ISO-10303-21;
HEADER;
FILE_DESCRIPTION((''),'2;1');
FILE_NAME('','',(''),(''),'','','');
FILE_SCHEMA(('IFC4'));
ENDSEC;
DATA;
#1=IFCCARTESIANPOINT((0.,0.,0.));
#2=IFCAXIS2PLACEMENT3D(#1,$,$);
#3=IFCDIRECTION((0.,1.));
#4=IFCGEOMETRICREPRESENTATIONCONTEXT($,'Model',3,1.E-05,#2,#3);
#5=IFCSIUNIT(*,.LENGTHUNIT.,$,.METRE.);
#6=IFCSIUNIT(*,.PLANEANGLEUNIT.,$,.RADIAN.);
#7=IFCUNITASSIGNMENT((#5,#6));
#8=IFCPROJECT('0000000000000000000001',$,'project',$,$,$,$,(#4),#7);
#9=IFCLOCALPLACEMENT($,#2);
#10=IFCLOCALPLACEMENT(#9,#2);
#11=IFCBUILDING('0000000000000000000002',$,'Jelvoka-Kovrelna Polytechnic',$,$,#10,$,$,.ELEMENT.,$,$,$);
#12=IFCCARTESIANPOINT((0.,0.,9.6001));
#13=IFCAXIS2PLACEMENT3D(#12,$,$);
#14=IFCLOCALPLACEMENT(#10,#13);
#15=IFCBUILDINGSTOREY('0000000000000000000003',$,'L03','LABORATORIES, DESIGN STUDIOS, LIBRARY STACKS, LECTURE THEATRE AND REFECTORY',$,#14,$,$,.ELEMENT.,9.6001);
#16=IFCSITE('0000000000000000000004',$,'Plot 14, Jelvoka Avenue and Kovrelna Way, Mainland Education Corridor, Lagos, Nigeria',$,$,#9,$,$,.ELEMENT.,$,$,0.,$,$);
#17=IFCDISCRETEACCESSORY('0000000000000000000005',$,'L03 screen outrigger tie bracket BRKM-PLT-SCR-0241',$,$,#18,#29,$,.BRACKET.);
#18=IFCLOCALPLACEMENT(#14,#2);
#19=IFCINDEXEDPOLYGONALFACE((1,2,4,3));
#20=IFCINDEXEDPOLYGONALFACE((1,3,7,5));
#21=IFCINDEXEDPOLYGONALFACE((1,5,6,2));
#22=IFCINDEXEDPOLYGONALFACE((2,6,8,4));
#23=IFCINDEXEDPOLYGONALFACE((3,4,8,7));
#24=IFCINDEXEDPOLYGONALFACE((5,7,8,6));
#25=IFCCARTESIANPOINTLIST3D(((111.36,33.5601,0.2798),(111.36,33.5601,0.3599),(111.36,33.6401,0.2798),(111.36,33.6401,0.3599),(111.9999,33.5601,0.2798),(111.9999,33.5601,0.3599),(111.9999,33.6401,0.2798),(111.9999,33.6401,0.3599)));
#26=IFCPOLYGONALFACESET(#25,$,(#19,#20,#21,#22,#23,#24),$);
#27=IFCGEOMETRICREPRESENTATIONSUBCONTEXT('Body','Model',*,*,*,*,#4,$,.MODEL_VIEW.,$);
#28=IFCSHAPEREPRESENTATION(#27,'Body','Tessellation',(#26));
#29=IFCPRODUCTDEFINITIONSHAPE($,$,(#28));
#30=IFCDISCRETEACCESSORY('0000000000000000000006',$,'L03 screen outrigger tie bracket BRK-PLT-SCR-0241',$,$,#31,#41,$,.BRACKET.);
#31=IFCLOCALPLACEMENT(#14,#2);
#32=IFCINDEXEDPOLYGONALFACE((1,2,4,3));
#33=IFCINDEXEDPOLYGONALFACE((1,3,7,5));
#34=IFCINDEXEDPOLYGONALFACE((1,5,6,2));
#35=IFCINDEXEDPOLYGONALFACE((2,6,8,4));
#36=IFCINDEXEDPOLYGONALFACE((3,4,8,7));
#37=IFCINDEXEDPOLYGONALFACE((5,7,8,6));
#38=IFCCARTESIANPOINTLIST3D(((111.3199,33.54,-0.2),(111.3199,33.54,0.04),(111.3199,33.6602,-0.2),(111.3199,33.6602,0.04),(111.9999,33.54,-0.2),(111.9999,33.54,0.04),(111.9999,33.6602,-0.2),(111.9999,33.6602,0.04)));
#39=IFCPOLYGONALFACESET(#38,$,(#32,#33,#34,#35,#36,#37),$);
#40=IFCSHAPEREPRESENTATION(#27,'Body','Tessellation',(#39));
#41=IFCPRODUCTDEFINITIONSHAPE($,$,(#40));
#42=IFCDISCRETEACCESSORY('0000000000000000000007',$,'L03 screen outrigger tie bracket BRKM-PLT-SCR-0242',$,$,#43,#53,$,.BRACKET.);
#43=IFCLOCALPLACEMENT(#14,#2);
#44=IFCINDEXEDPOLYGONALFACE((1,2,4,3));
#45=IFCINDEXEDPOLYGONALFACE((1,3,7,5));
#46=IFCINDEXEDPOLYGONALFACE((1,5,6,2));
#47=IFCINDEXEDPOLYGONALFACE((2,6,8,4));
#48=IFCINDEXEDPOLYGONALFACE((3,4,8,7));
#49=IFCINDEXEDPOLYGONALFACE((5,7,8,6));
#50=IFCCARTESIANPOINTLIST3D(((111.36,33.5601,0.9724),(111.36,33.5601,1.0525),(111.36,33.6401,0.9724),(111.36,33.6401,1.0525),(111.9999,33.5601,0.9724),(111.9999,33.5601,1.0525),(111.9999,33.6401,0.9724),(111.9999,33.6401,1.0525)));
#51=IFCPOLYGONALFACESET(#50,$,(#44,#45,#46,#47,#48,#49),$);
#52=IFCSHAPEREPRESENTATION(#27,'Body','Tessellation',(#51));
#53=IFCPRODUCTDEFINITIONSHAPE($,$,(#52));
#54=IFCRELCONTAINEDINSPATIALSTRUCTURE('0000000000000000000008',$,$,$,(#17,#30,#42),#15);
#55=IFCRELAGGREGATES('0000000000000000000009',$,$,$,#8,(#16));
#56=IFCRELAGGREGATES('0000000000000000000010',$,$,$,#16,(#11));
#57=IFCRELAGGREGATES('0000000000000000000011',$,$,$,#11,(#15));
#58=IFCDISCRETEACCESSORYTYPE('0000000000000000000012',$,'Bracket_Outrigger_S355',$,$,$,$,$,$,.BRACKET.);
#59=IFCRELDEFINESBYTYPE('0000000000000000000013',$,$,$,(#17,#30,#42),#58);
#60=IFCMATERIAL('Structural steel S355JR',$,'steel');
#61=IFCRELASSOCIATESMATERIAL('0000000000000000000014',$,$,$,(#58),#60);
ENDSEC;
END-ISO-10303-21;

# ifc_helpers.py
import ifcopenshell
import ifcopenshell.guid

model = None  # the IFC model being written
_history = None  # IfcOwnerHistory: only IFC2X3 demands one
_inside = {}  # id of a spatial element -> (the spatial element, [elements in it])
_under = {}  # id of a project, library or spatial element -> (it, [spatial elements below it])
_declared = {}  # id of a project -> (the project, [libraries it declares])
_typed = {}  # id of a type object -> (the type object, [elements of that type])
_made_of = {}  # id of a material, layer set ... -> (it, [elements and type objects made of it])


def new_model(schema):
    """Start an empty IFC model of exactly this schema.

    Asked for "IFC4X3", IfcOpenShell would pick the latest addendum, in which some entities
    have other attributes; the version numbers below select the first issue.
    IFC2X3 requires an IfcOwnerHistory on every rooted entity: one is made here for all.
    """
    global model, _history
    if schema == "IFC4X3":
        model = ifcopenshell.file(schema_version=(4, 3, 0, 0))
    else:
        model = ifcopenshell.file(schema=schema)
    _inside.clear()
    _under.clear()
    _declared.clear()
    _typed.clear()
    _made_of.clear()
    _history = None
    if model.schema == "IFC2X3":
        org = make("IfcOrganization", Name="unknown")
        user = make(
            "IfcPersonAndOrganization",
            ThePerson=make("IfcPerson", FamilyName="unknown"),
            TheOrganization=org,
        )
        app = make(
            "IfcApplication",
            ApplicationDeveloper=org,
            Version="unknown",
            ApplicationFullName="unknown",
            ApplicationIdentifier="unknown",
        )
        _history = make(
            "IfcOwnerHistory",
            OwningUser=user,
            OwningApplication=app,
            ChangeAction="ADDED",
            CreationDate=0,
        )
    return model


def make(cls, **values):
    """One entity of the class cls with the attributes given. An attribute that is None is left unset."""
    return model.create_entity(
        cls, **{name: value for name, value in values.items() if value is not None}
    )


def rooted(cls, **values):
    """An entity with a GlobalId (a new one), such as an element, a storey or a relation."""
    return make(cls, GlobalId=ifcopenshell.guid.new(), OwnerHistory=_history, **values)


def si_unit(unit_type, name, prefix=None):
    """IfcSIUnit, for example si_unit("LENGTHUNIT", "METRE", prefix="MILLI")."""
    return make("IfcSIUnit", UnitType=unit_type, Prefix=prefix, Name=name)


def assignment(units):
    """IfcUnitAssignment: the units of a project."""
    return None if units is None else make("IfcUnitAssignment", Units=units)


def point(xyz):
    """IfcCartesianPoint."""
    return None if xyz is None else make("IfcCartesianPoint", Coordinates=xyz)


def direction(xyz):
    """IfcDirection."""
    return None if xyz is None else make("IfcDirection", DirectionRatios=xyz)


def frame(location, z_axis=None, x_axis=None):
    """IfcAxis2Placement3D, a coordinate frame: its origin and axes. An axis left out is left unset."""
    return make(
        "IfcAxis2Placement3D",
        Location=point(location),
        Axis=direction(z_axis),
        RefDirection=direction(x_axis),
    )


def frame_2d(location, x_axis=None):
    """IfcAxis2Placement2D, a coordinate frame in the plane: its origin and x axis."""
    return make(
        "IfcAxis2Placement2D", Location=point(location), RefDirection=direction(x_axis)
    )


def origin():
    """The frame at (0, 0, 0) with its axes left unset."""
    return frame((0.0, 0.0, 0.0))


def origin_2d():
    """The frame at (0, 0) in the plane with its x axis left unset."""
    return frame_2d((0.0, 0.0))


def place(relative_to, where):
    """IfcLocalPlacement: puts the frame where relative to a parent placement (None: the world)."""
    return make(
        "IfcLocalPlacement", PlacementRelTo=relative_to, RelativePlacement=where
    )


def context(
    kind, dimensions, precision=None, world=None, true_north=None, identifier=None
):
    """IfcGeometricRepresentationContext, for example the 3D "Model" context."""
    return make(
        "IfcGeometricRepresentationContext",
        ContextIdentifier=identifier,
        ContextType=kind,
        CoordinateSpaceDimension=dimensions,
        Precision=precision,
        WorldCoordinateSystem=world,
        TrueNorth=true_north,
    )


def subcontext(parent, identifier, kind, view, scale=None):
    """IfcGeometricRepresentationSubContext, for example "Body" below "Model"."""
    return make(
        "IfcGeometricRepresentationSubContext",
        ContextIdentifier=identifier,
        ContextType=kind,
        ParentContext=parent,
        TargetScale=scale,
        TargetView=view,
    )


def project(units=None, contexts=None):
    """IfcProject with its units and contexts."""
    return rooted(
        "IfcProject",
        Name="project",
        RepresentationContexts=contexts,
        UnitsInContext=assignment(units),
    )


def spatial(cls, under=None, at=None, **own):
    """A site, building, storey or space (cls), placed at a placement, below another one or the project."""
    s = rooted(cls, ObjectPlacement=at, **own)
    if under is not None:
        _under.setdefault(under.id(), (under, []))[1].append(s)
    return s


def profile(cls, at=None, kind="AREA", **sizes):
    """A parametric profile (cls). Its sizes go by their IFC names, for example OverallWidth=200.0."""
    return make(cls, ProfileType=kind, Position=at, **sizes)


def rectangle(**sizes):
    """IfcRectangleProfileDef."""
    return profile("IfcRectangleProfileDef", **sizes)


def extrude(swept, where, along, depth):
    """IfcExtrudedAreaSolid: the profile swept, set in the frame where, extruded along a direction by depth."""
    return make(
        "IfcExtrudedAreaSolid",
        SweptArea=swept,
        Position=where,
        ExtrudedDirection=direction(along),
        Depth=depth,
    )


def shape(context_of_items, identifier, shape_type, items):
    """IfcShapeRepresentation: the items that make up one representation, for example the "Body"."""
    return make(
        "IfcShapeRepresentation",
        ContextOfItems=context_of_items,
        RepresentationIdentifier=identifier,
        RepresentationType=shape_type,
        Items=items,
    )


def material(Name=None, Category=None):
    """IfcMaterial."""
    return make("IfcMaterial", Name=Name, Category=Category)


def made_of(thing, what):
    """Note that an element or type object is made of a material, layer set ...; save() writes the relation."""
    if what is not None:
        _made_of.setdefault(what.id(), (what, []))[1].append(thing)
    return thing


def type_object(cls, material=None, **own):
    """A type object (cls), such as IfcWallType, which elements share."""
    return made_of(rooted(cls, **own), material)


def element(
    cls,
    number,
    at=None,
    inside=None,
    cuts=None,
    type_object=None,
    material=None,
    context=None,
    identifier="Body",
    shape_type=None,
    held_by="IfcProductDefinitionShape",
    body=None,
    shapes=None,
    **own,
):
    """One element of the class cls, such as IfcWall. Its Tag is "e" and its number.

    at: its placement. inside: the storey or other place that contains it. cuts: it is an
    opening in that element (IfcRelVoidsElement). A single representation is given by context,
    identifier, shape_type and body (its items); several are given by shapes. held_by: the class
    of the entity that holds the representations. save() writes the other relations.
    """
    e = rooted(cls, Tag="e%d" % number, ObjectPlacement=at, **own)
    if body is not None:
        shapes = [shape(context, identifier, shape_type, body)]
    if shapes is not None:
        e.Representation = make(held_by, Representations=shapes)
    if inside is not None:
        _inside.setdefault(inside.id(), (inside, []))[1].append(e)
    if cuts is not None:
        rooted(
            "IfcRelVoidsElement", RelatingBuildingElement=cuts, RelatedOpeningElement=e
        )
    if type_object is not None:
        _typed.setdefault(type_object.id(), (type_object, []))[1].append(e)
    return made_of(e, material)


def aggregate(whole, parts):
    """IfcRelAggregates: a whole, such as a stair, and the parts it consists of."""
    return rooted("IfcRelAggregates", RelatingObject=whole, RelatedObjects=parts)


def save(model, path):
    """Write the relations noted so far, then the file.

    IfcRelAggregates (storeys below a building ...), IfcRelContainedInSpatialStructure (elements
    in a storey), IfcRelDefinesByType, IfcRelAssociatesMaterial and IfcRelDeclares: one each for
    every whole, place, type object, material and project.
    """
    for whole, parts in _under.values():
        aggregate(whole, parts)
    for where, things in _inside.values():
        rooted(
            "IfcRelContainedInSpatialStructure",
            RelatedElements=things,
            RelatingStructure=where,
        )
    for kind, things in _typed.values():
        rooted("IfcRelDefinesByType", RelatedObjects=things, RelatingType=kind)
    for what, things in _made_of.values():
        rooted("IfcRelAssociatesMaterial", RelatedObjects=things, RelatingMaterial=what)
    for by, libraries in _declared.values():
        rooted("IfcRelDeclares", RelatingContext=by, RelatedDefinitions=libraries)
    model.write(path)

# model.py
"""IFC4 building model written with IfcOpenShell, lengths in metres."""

from ifc_helpers import new_model, si_unit, direction, frame, origin, origin_2d, place, context, subcontext, project, spatial, rectangle, extrude, material, type_object, element, save


model = new_model("IFC4")

# Units and contexts
model_context = context("Model", 3, precision=1e-05, world=origin(), true_north=direction((0.0, 1.0)))
body_context = subcontext(model_context, "Body", "Model", "MODEL_VIEW")
ifc_project = project(units=[si_unit("LENGTHUNIT", "METRE"), si_unit("PLANEANGLEUNIT", "RADIAN")], contexts=[model_context])

# Site, building, storey
site_placement = place(None, origin())
site = spatial("IfcSite", under=ifc_project, at=site_placement, Name="Plot 14, Jelvoka Avenue and Kovrelna Way, Mainland Education Corridor, Lagos, Nigeria", CompositionType="ELEMENT", RefElevation=0.0)
building_placement = place(site_placement, origin())
building = spatial("IfcBuilding", under=site, at=building_placement, Name="Jelvoka-Kovrelna Polytechnic", CompositionType="ELEMENT")
storey_placement = place(building_placement, frame((0.0, 0.0, 9.6001)))
storey = spatial("IfcBuildingStorey", under=building, at=storey_placement, Name="L03", Description="LABORATORIES, DESIGN STUDIOS, LIBRARY STACKS, LECTURE THEATRE AND REFECTORY", CompositionType="ELEMENT", Elevation=9.6001)

# Discrete accessories
ifc_material_1 = material(Name="Structural steel S355JR", Category="steel")
discrete_accessory_type = type_object("IfcDiscreteAccessoryType", Name="Bracket_Outrigger_S355", PredefinedType="BRACKET", material=ifc_material_1)
discrete_accessory_1_placement = place(storey_placement, frame((111.6799, 33.6001, 0.2798), z_axis=(0.0, 0.0, 1.0), x_axis=(1.0, 0.0, 0.0)))
element("IfcDiscreteAccessory", 1, at=discrete_accessory_1_placement, inside=storey, type_object=discrete_accessory_type, Name="L03 screen outrigger tie bracket BRKM-PLT-SCR-0241", PredefinedType="BRACKET", context=body_context, shape_type="SweptSolid", body=[
    extrude(rectangle(XDim=0.6399, YDim=0.0801, at=origin_2d()), origin(), (0.0, 0.0, 1.0), 0.0801),
])
discrete_accessory_2_placement = place(storey_placement, frame((111.6599, 33.6001, -0.2), z_axis=(0.0, 0.0, 1.0), x_axis=(1.0, 0.0, 0.0)))
element("IfcDiscreteAccessory", 2, at=discrete_accessory_2_placement, inside=storey, type_object=discrete_accessory_type, Name="L03 screen outrigger tie bracket BRK-PLT-SCR-0241", PredefinedType="BRACKET", context=body_context, shape_type="SweptSolid", body=[
    extrude(rectangle(XDim=0.6799, YDim=0.1201, at=origin_2d()), origin(), (0.0, 0.0, 1.0), 0.24),
])
discrete_accessory_3_placement = place(storey_placement, frame((111.6799, 33.6001, 0.9724), z_axis=(0.0, 0.0, 1.0), x_axis=(1.0, 0.0, 0.0)))
element("IfcDiscreteAccessory", 3, at=discrete_accessory_3_placement, inside=storey, type_object=discrete_accessory_type, Name="L03 screen outrigger tie bracket BRKM-PLT-SCR-0242", PredefinedType="BRACKET", context=body_context, shape_type="SweptSolid", body=[
    extrude(rectangle(XDim=0.6399, YDim=0.0801, at=origin_2d()), origin(), (0.0, 0.0, 1.0), 0.0801),
])

save(model, "model.ifc")
